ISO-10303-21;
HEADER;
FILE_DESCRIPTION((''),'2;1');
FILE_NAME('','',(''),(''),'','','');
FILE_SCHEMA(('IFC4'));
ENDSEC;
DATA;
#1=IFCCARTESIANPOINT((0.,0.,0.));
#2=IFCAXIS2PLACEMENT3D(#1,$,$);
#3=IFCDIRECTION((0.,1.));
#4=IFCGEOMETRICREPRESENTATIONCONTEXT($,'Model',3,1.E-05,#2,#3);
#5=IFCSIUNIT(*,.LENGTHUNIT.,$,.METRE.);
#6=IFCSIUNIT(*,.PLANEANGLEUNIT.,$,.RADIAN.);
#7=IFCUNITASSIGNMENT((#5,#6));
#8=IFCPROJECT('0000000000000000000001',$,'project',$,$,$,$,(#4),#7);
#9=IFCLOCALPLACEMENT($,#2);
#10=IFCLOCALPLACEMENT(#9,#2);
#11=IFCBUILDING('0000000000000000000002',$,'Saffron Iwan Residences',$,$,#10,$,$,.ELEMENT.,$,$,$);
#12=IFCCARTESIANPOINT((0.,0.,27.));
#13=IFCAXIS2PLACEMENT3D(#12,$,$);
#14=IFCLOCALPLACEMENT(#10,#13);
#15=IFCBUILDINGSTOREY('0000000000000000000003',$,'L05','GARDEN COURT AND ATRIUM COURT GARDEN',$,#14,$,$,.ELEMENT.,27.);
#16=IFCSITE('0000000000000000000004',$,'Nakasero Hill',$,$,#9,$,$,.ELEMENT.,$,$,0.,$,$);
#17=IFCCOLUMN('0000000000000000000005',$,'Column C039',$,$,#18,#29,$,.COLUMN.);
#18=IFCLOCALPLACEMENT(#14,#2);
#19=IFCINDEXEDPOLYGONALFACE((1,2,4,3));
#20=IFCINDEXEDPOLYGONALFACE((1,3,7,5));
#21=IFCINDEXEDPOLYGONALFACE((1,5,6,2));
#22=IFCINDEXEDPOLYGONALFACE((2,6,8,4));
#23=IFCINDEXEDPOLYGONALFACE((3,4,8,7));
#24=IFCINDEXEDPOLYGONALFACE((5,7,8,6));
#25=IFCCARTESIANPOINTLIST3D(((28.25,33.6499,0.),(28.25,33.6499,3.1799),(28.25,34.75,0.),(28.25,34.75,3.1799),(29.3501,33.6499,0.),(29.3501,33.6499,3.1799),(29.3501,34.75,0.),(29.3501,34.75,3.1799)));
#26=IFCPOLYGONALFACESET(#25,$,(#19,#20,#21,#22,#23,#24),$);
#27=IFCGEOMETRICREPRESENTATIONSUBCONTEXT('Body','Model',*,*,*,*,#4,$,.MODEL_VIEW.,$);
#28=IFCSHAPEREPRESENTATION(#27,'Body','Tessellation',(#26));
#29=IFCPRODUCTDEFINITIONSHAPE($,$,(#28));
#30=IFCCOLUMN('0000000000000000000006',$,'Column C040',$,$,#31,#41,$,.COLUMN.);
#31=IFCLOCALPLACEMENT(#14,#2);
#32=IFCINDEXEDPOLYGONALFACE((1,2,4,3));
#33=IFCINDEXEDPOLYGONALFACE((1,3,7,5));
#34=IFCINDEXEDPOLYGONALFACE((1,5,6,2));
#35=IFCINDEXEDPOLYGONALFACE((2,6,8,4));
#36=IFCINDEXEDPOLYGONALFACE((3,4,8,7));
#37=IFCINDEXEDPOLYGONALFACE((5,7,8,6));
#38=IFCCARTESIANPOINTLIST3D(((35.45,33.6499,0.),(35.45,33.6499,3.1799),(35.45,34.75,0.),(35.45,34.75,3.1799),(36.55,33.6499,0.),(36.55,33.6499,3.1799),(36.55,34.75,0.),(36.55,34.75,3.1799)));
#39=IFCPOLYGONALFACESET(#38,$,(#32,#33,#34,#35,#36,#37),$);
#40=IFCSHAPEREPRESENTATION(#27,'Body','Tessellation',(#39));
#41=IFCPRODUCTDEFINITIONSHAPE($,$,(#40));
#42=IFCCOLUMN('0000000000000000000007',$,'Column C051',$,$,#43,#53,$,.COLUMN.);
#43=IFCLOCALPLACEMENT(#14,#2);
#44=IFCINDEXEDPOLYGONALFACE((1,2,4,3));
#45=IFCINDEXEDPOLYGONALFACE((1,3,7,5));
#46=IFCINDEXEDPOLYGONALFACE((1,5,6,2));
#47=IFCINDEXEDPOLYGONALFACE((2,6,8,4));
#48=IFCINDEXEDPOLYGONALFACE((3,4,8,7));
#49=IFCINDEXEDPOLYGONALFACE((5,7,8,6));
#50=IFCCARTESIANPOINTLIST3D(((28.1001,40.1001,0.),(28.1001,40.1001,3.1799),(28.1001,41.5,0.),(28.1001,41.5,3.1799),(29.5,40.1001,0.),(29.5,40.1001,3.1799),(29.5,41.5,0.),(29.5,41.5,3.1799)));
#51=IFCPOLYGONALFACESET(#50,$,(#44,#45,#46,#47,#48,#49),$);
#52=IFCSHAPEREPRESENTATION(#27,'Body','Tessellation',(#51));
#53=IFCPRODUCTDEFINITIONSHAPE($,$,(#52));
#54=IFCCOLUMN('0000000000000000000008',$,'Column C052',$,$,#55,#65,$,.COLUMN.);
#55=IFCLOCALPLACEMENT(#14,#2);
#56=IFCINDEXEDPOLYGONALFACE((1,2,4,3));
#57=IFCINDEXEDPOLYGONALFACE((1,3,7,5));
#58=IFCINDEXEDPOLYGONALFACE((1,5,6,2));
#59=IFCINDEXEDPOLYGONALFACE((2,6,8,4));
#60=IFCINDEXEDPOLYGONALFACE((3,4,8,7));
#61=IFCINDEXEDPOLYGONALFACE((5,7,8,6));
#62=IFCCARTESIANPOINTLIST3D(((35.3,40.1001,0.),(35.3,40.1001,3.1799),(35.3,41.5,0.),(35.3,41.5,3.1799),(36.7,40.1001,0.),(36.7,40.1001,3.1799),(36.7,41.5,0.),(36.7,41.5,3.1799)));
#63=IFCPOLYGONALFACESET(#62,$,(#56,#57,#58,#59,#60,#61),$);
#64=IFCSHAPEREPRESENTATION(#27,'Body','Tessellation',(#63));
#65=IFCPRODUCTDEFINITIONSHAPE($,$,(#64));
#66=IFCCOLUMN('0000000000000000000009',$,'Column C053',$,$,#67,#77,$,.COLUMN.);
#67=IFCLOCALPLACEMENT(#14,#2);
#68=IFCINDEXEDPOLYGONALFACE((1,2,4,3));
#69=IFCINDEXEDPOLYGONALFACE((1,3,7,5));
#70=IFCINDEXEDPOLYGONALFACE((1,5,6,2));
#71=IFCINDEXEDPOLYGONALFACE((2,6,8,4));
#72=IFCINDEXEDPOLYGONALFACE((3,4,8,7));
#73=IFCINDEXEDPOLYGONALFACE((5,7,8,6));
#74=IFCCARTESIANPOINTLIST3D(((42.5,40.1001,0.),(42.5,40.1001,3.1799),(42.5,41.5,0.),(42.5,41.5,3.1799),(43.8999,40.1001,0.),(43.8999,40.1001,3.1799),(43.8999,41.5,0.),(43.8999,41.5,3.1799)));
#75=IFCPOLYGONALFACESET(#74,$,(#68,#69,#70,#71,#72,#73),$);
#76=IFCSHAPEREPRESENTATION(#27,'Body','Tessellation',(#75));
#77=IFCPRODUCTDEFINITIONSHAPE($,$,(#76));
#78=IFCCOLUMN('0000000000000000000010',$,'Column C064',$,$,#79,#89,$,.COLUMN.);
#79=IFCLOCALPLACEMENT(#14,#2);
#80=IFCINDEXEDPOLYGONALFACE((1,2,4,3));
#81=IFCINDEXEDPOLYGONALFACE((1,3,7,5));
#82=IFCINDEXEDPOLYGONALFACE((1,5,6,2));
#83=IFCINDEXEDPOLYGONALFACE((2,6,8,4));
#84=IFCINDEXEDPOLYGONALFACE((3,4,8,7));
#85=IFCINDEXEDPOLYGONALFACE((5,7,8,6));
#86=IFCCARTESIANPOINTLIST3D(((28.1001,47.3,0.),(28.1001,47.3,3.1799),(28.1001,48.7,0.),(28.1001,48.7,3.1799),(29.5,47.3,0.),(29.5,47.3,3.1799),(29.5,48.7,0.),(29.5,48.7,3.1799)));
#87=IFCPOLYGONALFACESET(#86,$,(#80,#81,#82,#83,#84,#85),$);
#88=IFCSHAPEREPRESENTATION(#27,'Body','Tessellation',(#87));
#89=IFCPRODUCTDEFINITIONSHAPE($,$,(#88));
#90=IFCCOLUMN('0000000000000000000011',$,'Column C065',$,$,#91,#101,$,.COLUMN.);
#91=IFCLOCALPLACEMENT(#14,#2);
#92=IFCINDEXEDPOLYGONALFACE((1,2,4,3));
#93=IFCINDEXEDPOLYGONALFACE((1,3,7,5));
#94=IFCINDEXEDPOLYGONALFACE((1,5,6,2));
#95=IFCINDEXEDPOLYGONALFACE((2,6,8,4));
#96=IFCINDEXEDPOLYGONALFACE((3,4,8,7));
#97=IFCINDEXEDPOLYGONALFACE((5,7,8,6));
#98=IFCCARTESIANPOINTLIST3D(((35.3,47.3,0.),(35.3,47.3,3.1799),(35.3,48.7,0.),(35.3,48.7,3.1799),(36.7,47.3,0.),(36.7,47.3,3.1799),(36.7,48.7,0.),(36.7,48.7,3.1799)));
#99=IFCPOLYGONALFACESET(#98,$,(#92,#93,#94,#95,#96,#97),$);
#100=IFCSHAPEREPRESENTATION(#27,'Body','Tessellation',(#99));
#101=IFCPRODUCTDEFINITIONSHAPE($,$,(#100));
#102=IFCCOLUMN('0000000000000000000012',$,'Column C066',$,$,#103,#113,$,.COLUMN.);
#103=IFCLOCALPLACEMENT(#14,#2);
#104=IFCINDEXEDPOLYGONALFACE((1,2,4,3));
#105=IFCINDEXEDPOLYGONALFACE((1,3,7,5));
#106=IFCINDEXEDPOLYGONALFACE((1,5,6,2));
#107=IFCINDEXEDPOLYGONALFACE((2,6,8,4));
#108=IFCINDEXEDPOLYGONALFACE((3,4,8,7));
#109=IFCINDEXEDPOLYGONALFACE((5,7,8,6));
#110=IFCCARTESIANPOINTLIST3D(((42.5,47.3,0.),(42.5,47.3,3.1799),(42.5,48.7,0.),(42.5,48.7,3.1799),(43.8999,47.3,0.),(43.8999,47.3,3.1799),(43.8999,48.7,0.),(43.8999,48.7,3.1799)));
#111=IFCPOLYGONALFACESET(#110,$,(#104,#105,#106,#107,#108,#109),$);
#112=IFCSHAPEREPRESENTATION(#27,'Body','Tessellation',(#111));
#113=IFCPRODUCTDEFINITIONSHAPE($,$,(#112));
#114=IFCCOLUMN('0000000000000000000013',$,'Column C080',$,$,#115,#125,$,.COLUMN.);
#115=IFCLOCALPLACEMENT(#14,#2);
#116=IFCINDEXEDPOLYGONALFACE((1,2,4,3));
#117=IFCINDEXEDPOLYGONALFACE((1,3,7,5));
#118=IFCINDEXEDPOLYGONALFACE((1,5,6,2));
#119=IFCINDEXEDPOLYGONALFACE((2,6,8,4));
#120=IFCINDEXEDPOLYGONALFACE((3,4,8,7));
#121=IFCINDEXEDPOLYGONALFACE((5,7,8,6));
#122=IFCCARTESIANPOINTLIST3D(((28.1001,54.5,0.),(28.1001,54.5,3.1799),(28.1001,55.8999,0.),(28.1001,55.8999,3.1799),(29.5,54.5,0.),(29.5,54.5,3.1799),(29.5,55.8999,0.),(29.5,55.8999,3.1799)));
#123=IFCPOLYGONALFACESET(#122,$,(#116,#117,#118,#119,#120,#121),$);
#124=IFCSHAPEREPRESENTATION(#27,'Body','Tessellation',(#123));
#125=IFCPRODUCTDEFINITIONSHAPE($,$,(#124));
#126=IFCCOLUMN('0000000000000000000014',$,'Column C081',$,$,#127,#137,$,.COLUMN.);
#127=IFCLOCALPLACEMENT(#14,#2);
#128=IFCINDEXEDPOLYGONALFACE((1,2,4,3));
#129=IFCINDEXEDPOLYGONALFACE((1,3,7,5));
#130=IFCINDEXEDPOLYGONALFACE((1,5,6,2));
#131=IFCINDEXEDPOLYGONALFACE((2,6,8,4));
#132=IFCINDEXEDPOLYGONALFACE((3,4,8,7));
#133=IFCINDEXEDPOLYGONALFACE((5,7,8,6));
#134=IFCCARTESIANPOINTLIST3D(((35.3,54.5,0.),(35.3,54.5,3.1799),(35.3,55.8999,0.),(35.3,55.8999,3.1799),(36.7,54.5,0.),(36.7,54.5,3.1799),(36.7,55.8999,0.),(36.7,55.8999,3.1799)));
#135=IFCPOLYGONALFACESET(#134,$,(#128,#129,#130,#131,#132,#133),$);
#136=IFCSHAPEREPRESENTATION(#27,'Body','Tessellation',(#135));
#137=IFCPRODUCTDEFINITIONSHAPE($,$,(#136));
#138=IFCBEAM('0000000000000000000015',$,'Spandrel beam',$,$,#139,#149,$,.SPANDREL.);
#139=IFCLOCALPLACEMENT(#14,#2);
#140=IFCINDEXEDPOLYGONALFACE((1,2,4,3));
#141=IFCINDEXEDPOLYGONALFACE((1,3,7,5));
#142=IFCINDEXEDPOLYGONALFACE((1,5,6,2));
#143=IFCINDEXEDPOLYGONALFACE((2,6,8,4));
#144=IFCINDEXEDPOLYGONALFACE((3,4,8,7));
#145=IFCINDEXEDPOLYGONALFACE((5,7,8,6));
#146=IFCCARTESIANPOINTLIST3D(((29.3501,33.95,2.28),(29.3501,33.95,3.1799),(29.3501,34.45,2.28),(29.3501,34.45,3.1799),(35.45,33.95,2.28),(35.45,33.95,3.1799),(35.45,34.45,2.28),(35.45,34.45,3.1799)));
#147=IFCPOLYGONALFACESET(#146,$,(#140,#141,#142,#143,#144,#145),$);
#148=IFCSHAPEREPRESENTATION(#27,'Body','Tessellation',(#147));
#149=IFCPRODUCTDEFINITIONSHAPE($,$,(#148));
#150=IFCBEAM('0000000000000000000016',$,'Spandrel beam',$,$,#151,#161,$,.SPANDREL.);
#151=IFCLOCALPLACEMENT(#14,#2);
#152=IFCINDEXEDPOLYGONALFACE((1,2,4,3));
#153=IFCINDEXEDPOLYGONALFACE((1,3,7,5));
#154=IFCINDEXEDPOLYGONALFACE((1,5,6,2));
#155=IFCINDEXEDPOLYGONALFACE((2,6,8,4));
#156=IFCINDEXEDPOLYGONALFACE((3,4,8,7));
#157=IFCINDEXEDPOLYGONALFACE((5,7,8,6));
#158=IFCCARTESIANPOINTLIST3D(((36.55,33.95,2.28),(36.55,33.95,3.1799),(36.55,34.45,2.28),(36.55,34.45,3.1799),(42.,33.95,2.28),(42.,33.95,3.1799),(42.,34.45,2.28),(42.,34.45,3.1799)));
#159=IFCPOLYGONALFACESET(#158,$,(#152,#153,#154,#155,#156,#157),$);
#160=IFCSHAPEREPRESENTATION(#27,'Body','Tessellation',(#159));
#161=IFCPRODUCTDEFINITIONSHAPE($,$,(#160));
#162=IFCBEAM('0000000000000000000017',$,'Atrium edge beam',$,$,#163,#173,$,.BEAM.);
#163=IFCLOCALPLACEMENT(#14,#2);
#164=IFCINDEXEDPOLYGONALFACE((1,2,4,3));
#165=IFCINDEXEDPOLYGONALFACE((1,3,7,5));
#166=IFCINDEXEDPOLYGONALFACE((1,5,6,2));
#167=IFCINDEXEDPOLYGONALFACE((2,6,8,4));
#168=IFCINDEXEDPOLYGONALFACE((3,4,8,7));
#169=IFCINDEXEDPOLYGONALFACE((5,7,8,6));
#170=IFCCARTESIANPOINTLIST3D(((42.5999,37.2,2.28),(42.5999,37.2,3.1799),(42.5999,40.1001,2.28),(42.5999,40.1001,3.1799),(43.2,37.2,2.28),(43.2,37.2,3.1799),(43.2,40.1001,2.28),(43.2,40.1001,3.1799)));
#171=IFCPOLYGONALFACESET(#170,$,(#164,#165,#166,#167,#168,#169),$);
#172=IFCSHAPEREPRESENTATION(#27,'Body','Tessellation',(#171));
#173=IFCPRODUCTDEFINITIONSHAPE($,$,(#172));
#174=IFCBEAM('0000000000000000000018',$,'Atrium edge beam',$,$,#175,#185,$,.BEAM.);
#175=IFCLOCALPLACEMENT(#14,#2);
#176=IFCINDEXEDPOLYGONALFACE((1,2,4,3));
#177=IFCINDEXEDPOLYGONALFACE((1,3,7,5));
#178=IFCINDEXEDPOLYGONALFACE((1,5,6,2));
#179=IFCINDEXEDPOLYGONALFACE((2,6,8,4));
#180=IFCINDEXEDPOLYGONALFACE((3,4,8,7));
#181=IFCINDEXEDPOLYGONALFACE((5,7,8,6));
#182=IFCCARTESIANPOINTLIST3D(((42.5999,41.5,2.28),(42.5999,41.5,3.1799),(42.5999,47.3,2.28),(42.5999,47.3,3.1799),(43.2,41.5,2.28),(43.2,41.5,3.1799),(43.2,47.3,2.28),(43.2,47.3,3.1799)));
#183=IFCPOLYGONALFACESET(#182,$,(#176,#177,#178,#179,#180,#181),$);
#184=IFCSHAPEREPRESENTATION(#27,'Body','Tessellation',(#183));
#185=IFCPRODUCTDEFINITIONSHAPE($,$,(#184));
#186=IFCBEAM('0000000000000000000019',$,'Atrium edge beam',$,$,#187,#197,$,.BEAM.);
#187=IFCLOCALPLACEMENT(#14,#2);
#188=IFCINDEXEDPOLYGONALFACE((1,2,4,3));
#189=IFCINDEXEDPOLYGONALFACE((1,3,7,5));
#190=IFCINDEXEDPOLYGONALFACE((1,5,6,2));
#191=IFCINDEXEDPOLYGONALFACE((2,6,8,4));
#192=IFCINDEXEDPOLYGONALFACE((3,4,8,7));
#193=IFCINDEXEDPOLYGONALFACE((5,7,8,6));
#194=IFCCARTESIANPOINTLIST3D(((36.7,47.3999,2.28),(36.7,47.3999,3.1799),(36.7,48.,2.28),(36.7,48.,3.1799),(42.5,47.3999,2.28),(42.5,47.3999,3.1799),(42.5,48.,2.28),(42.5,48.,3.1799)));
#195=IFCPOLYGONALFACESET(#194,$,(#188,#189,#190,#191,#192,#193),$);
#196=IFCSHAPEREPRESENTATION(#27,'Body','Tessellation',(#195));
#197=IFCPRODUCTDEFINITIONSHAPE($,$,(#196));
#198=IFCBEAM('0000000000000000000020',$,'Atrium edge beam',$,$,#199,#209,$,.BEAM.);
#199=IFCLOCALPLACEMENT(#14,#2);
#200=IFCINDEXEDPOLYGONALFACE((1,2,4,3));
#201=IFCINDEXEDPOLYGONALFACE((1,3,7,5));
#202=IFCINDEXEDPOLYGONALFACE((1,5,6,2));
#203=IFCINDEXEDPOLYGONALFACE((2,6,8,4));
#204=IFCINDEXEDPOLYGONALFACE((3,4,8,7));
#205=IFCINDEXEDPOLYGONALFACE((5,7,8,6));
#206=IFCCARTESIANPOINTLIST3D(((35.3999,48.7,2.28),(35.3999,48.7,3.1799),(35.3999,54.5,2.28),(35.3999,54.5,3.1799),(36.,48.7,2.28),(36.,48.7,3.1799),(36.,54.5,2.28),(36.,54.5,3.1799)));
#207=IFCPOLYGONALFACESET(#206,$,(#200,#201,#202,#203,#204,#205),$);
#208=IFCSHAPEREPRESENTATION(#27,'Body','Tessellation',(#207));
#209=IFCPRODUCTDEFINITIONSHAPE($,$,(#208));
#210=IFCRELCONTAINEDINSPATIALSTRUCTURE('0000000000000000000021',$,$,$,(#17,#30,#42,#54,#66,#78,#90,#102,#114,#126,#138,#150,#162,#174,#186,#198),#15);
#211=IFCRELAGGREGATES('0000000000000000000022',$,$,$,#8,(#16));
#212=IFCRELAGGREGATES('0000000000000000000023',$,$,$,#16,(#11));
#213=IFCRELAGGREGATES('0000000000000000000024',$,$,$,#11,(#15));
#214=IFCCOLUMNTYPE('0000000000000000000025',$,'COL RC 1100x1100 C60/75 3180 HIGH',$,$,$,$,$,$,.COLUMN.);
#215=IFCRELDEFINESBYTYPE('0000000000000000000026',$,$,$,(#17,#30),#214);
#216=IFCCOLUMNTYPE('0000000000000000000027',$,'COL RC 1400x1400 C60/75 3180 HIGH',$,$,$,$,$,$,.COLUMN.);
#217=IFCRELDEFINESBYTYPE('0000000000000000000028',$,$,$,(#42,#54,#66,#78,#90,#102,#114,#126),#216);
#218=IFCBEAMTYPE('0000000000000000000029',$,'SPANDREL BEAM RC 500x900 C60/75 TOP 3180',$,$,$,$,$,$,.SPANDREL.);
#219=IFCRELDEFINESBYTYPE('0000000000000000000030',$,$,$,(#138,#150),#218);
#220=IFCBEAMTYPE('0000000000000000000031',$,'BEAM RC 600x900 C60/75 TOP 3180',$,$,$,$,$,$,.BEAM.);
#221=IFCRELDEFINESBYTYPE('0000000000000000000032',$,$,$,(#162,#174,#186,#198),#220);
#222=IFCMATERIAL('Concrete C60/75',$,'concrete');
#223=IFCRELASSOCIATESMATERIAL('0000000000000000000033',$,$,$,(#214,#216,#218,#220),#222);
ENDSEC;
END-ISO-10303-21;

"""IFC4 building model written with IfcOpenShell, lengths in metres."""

from ifc_helpers import new_model, si_unit, direction, frame, origin, origin_2d, place, context, subcontext, project, spatial, rectangle, extrude, source, transform, mapped, material, material_profile, profile_set, type_object, element, save


model = new_model("IFC4")

# Units and contexts
model_context = context("Model", 3, precision=1e-05, world=origin(), true_north=direction((0.0, 1.0)))
body_context = subcontext(model_context, "Body", "Model", "MODEL_VIEW")
ifc_project = project(units=[si_unit("LENGTHUNIT", "METRE"), si_unit("PLANEANGLEUNIT", "RADIAN")], contexts=[model_context])

# Site, building, storey
site_placement = place(None, origin())
site = spatial("IfcSite", under=ifc_project, at=site_placement, Name="Nakasero Hill", CompositionType="ELEMENT", RefElevation=0.0)
building_placement = place(site_placement, origin())
building = spatial("IfcBuilding", under=site, at=building_placement, Name="Saffron Iwan Residences", CompositionType="ELEMENT")
storey_placement = place(building_placement, frame((0.0, 0.0, 27.0)))
storey = spatial("IfcBuildingStorey", under=building, at=storey_placement, Name="L05", Description="GARDEN COURT AND ATRIUM COURT GARDEN", CompositionType="ELEMENT", Elevation=27.0)

# Columns
ifc_material_1 = material(Name="Concrete C60/75", Category="concrete")
ifc_material_profile_1 = material_profile(ifc_material_1, rectangle(XDim=1.1001, YDim=1.1001, at=origin_2d()), Name="RC 1100x1100")
ifc_profile_set_1 = profile_set([ifc_material_profile_1], Name="Concrete C60/75")
column_type_1 = type_object("IfcColumnType", Name="COL RC 1100x1100 C60/75 3180 HIGH", PredefinedType="COLUMN", material=ifc_profile_set_1)
shared_shape_1 = source(origin(), body_context, "Body", "SweptSolid", [
    extrude(rectangle(XDim=1.1001, YDim=1.1001, at=origin_2d()), origin(), (0.0, 0.0, 1.0), 3.1799),
])
for number, where, z_axis, x_axis, name in (
    (1, (28.8, 34.2, 0.0), (0.0, 0.0, 1.0), (1.0, 0.0, 0.0), "Column C039"),
    (2, (36.0, 34.2, 0.0), (0.0, 0.0, 1.0), (1.0, 0.0, 0.0), "Column C040"),
):
    element("IfcColumn", number, at=place(storey_placement, frame(where, z_axis=z_axis, x_axis=x_axis)), inside=storey, type_object=column_type_1, Name=name, PredefinedType="COLUMN", context=body_context, shape_type="MappedRepresentation", body=[
        mapped(shared_shape_1, transform((0.0, 0.0, 0.0))),
    ])
ifc_material_profile_2 = material_profile(ifc_material_1, rectangle(XDim=1.3999, YDim=1.3999, at=origin_2d()), Name="RC 1400x1400")
ifc_profile_set_2 = profile_set([ifc_material_profile_2], Name="Concrete C60/75")
column_type_2 = type_object("IfcColumnType", Name="COL RC 1400x1400 C60/75 3180 HIGH", PredefinedType="COLUMN", material=ifc_profile_set_2)
shared_shape_2 = source(origin(), body_context, "Body", "SweptSolid", [
    extrude(rectangle(XDim=1.3999, YDim=1.3999, at=origin_2d()), origin(), (0.0, 0.0, 1.0), 3.1799),
])
for number, where, z_axis, x_axis, name in (
    (3, (28.8, 40.8, 0.0), (0.0, 0.0, 1.0), (1.0, 0.0, 0.0), "Column C051"),
    (4, (36.0, 40.8, 0.0), (0.0, 0.0, 1.0), (1.0, 0.0, 0.0), "Column C052"),
    (5, (43.2, 40.8, 0.0), (0.0, 0.0, 1.0), (1.0, 0.0, 0.0), "Column C053"),
    (6, (28.8, 48.0, 0.0), (0.0, 0.0, 1.0), (1.0, 0.0, 0.0), "Column C064"),
    (7, (36.0, 48.0, 0.0), (0.0, 0.0, 1.0), (1.0, 0.0, 0.0), "Column C065"),
    (8, (43.2, 48.0, 0.0), (0.0, 0.0, 1.0), (1.0, 0.0, 0.0), "Column C066"),
    (9, (28.8, 55.2, 0.0), (0.0, 0.0, 1.0), (1.0, 0.0, 0.0), "Column C080"),
    (10, (36.0, 55.2, 0.0), (0.0, 0.0, 1.0), (1.0, 0.0, 0.0), "Column C081"),
):
    element("IfcColumn", number, at=place(storey_placement, frame(where, z_axis=z_axis, x_axis=x_axis)), inside=storey, type_object=column_type_2, Name=name, PredefinedType="COLUMN", context=body_context, shape_type="MappedRepresentation", body=[
        mapped(shared_shape_2, transform((0.0, 0.0, 0.0))),
    ])

# Beams
ifc_material_profile_3 = material_profile(ifc_material_1, rectangle(XDim=0.5, YDim=0.8999, at=origin_2d()), Name="RC 500x900")
ifc_profile_set_3 = profile_set([ifc_material_profile_3], Name="Concrete C60/75")
beam_type_1 = type_object("IfcBeamType", Name="SPANDREL BEAM RC 500x900 C60/75 TOP 3180", PredefinedType="SPANDREL", material=ifc_profile_set_3)
shared_shape_3 = source(origin(), body_context, "Body", "SweptSolid", [
    extrude(rectangle(XDim=0.5, YDim=0.8999, at=origin_2d()), origin(), (0.0, 0.0, 1.0), 6.0999),
])
beam_1_placement = place(storey_placement, frame((35.45, 34.2, 2.73), z_axis=(-1.0, 0.0, 0.0), x_axis=(0.0, -1.0, 0.0)))
element("IfcBeam", 11, at=beam_1_placement, inside=storey, type_object=beam_type_1, Name="Spandrel beam", PredefinedType="SPANDREL", context=body_context, shape_type="MappedRepresentation", body=[
    mapped(shared_shape_3, transform((0.0, 0.0, 0.0))),
])
shared_shape_4 = source(origin(), body_context, "Body", "SweptSolid", [
    extrude(rectangle(XDim=0.5, YDim=0.8999, at=origin_2d()), origin(), (0.0, 0.0, 1.0), 5.45),
])
beam_2_placement = place(storey_placement, frame((42.0, 34.2, 2.73), z_axis=(-1.0, 0.0, 0.0), x_axis=(0.0, -1.0, 0.0)))
element("IfcBeam", 12, at=beam_2_placement, inside=storey, type_object=beam_type_1, Name="Spandrel beam", PredefinedType="SPANDREL", context=body_context, shape_type="MappedRepresentation", body=[
    mapped(shared_shape_4, transform((0.0, 0.0, 0.0))),
])
ifc_material_profile_4 = material_profile(ifc_material_1, rectangle(XDim=0.6001, YDim=0.8999, at=origin_2d()), Name="RC 600x900")
ifc_profile_set_4 = profile_set([ifc_material_profile_4], Name="Concrete C60/75")
beam_type_2 = type_object("IfcBeamType", Name="BEAM RC 600x900 C60/75 TOP 3180", PredefinedType="BEAM", material=ifc_profile_set_4)
shared_shape_5 = source(origin(), body_context, "Body", "SweptSolid", [
    extrude(rectangle(XDim=0.6001, YDim=0.8999, at=origin_2d()), origin(), (0.0, 0.0, 1.0), 2.9001),
])
beam_3_placement = place(storey_placement, frame((42.8999, 37.2, 2.73), z_axis=(0.0, 1.0, 0.0), x_axis=(-1.0, 0.0, 0.0)))
element("IfcBeam", 13, at=beam_3_placement, inside=storey, type_object=beam_type_2, Name="Atrium edge beam", PredefinedType="BEAM", context=body_context, shape_type="MappedRepresentation", body=[
    mapped(shared_shape_5, transform((0.0, 0.0, 0.0))),
])
shared_shape_6 = source(origin(), body_context, "Body", "SweptSolid", [
    extrude(rectangle(XDim=0.6001, YDim=0.8999, at=origin_2d()), origin(), (0.0, 0.0, 1.0), 5.8),
])
for number, where, z_axis, x_axis, name in (
    (14, (42.8999, 41.5, 2.73), (0.0, 1.0, 0.0), (-1.0, 0.0, 0.0), "Atrium edge beam"),
    (15, (42.5, 47.7, 2.73), (-1.0, 0.0, 0.0), (0.0, -1.0, 0.0), "Atrium edge beam"),
    (16, (35.7, 48.7, 2.73), (0.0, 1.0, 0.0), (-1.0, 0.0, 0.0), "Atrium edge beam"),
):
    element("IfcBeam", number, at=place(storey_placement, frame(where, z_axis=z_axis, x_axis=x_axis)), inside=storey, type_object=beam_type_2, Name=name, PredefinedType="BEAM", context=body_context, shape_type="MappedRepresentation", body=[
        mapped(shared_shape_6, transform((0.0, 0.0, 0.0))),
    ])

save(model, "model.ifc")
